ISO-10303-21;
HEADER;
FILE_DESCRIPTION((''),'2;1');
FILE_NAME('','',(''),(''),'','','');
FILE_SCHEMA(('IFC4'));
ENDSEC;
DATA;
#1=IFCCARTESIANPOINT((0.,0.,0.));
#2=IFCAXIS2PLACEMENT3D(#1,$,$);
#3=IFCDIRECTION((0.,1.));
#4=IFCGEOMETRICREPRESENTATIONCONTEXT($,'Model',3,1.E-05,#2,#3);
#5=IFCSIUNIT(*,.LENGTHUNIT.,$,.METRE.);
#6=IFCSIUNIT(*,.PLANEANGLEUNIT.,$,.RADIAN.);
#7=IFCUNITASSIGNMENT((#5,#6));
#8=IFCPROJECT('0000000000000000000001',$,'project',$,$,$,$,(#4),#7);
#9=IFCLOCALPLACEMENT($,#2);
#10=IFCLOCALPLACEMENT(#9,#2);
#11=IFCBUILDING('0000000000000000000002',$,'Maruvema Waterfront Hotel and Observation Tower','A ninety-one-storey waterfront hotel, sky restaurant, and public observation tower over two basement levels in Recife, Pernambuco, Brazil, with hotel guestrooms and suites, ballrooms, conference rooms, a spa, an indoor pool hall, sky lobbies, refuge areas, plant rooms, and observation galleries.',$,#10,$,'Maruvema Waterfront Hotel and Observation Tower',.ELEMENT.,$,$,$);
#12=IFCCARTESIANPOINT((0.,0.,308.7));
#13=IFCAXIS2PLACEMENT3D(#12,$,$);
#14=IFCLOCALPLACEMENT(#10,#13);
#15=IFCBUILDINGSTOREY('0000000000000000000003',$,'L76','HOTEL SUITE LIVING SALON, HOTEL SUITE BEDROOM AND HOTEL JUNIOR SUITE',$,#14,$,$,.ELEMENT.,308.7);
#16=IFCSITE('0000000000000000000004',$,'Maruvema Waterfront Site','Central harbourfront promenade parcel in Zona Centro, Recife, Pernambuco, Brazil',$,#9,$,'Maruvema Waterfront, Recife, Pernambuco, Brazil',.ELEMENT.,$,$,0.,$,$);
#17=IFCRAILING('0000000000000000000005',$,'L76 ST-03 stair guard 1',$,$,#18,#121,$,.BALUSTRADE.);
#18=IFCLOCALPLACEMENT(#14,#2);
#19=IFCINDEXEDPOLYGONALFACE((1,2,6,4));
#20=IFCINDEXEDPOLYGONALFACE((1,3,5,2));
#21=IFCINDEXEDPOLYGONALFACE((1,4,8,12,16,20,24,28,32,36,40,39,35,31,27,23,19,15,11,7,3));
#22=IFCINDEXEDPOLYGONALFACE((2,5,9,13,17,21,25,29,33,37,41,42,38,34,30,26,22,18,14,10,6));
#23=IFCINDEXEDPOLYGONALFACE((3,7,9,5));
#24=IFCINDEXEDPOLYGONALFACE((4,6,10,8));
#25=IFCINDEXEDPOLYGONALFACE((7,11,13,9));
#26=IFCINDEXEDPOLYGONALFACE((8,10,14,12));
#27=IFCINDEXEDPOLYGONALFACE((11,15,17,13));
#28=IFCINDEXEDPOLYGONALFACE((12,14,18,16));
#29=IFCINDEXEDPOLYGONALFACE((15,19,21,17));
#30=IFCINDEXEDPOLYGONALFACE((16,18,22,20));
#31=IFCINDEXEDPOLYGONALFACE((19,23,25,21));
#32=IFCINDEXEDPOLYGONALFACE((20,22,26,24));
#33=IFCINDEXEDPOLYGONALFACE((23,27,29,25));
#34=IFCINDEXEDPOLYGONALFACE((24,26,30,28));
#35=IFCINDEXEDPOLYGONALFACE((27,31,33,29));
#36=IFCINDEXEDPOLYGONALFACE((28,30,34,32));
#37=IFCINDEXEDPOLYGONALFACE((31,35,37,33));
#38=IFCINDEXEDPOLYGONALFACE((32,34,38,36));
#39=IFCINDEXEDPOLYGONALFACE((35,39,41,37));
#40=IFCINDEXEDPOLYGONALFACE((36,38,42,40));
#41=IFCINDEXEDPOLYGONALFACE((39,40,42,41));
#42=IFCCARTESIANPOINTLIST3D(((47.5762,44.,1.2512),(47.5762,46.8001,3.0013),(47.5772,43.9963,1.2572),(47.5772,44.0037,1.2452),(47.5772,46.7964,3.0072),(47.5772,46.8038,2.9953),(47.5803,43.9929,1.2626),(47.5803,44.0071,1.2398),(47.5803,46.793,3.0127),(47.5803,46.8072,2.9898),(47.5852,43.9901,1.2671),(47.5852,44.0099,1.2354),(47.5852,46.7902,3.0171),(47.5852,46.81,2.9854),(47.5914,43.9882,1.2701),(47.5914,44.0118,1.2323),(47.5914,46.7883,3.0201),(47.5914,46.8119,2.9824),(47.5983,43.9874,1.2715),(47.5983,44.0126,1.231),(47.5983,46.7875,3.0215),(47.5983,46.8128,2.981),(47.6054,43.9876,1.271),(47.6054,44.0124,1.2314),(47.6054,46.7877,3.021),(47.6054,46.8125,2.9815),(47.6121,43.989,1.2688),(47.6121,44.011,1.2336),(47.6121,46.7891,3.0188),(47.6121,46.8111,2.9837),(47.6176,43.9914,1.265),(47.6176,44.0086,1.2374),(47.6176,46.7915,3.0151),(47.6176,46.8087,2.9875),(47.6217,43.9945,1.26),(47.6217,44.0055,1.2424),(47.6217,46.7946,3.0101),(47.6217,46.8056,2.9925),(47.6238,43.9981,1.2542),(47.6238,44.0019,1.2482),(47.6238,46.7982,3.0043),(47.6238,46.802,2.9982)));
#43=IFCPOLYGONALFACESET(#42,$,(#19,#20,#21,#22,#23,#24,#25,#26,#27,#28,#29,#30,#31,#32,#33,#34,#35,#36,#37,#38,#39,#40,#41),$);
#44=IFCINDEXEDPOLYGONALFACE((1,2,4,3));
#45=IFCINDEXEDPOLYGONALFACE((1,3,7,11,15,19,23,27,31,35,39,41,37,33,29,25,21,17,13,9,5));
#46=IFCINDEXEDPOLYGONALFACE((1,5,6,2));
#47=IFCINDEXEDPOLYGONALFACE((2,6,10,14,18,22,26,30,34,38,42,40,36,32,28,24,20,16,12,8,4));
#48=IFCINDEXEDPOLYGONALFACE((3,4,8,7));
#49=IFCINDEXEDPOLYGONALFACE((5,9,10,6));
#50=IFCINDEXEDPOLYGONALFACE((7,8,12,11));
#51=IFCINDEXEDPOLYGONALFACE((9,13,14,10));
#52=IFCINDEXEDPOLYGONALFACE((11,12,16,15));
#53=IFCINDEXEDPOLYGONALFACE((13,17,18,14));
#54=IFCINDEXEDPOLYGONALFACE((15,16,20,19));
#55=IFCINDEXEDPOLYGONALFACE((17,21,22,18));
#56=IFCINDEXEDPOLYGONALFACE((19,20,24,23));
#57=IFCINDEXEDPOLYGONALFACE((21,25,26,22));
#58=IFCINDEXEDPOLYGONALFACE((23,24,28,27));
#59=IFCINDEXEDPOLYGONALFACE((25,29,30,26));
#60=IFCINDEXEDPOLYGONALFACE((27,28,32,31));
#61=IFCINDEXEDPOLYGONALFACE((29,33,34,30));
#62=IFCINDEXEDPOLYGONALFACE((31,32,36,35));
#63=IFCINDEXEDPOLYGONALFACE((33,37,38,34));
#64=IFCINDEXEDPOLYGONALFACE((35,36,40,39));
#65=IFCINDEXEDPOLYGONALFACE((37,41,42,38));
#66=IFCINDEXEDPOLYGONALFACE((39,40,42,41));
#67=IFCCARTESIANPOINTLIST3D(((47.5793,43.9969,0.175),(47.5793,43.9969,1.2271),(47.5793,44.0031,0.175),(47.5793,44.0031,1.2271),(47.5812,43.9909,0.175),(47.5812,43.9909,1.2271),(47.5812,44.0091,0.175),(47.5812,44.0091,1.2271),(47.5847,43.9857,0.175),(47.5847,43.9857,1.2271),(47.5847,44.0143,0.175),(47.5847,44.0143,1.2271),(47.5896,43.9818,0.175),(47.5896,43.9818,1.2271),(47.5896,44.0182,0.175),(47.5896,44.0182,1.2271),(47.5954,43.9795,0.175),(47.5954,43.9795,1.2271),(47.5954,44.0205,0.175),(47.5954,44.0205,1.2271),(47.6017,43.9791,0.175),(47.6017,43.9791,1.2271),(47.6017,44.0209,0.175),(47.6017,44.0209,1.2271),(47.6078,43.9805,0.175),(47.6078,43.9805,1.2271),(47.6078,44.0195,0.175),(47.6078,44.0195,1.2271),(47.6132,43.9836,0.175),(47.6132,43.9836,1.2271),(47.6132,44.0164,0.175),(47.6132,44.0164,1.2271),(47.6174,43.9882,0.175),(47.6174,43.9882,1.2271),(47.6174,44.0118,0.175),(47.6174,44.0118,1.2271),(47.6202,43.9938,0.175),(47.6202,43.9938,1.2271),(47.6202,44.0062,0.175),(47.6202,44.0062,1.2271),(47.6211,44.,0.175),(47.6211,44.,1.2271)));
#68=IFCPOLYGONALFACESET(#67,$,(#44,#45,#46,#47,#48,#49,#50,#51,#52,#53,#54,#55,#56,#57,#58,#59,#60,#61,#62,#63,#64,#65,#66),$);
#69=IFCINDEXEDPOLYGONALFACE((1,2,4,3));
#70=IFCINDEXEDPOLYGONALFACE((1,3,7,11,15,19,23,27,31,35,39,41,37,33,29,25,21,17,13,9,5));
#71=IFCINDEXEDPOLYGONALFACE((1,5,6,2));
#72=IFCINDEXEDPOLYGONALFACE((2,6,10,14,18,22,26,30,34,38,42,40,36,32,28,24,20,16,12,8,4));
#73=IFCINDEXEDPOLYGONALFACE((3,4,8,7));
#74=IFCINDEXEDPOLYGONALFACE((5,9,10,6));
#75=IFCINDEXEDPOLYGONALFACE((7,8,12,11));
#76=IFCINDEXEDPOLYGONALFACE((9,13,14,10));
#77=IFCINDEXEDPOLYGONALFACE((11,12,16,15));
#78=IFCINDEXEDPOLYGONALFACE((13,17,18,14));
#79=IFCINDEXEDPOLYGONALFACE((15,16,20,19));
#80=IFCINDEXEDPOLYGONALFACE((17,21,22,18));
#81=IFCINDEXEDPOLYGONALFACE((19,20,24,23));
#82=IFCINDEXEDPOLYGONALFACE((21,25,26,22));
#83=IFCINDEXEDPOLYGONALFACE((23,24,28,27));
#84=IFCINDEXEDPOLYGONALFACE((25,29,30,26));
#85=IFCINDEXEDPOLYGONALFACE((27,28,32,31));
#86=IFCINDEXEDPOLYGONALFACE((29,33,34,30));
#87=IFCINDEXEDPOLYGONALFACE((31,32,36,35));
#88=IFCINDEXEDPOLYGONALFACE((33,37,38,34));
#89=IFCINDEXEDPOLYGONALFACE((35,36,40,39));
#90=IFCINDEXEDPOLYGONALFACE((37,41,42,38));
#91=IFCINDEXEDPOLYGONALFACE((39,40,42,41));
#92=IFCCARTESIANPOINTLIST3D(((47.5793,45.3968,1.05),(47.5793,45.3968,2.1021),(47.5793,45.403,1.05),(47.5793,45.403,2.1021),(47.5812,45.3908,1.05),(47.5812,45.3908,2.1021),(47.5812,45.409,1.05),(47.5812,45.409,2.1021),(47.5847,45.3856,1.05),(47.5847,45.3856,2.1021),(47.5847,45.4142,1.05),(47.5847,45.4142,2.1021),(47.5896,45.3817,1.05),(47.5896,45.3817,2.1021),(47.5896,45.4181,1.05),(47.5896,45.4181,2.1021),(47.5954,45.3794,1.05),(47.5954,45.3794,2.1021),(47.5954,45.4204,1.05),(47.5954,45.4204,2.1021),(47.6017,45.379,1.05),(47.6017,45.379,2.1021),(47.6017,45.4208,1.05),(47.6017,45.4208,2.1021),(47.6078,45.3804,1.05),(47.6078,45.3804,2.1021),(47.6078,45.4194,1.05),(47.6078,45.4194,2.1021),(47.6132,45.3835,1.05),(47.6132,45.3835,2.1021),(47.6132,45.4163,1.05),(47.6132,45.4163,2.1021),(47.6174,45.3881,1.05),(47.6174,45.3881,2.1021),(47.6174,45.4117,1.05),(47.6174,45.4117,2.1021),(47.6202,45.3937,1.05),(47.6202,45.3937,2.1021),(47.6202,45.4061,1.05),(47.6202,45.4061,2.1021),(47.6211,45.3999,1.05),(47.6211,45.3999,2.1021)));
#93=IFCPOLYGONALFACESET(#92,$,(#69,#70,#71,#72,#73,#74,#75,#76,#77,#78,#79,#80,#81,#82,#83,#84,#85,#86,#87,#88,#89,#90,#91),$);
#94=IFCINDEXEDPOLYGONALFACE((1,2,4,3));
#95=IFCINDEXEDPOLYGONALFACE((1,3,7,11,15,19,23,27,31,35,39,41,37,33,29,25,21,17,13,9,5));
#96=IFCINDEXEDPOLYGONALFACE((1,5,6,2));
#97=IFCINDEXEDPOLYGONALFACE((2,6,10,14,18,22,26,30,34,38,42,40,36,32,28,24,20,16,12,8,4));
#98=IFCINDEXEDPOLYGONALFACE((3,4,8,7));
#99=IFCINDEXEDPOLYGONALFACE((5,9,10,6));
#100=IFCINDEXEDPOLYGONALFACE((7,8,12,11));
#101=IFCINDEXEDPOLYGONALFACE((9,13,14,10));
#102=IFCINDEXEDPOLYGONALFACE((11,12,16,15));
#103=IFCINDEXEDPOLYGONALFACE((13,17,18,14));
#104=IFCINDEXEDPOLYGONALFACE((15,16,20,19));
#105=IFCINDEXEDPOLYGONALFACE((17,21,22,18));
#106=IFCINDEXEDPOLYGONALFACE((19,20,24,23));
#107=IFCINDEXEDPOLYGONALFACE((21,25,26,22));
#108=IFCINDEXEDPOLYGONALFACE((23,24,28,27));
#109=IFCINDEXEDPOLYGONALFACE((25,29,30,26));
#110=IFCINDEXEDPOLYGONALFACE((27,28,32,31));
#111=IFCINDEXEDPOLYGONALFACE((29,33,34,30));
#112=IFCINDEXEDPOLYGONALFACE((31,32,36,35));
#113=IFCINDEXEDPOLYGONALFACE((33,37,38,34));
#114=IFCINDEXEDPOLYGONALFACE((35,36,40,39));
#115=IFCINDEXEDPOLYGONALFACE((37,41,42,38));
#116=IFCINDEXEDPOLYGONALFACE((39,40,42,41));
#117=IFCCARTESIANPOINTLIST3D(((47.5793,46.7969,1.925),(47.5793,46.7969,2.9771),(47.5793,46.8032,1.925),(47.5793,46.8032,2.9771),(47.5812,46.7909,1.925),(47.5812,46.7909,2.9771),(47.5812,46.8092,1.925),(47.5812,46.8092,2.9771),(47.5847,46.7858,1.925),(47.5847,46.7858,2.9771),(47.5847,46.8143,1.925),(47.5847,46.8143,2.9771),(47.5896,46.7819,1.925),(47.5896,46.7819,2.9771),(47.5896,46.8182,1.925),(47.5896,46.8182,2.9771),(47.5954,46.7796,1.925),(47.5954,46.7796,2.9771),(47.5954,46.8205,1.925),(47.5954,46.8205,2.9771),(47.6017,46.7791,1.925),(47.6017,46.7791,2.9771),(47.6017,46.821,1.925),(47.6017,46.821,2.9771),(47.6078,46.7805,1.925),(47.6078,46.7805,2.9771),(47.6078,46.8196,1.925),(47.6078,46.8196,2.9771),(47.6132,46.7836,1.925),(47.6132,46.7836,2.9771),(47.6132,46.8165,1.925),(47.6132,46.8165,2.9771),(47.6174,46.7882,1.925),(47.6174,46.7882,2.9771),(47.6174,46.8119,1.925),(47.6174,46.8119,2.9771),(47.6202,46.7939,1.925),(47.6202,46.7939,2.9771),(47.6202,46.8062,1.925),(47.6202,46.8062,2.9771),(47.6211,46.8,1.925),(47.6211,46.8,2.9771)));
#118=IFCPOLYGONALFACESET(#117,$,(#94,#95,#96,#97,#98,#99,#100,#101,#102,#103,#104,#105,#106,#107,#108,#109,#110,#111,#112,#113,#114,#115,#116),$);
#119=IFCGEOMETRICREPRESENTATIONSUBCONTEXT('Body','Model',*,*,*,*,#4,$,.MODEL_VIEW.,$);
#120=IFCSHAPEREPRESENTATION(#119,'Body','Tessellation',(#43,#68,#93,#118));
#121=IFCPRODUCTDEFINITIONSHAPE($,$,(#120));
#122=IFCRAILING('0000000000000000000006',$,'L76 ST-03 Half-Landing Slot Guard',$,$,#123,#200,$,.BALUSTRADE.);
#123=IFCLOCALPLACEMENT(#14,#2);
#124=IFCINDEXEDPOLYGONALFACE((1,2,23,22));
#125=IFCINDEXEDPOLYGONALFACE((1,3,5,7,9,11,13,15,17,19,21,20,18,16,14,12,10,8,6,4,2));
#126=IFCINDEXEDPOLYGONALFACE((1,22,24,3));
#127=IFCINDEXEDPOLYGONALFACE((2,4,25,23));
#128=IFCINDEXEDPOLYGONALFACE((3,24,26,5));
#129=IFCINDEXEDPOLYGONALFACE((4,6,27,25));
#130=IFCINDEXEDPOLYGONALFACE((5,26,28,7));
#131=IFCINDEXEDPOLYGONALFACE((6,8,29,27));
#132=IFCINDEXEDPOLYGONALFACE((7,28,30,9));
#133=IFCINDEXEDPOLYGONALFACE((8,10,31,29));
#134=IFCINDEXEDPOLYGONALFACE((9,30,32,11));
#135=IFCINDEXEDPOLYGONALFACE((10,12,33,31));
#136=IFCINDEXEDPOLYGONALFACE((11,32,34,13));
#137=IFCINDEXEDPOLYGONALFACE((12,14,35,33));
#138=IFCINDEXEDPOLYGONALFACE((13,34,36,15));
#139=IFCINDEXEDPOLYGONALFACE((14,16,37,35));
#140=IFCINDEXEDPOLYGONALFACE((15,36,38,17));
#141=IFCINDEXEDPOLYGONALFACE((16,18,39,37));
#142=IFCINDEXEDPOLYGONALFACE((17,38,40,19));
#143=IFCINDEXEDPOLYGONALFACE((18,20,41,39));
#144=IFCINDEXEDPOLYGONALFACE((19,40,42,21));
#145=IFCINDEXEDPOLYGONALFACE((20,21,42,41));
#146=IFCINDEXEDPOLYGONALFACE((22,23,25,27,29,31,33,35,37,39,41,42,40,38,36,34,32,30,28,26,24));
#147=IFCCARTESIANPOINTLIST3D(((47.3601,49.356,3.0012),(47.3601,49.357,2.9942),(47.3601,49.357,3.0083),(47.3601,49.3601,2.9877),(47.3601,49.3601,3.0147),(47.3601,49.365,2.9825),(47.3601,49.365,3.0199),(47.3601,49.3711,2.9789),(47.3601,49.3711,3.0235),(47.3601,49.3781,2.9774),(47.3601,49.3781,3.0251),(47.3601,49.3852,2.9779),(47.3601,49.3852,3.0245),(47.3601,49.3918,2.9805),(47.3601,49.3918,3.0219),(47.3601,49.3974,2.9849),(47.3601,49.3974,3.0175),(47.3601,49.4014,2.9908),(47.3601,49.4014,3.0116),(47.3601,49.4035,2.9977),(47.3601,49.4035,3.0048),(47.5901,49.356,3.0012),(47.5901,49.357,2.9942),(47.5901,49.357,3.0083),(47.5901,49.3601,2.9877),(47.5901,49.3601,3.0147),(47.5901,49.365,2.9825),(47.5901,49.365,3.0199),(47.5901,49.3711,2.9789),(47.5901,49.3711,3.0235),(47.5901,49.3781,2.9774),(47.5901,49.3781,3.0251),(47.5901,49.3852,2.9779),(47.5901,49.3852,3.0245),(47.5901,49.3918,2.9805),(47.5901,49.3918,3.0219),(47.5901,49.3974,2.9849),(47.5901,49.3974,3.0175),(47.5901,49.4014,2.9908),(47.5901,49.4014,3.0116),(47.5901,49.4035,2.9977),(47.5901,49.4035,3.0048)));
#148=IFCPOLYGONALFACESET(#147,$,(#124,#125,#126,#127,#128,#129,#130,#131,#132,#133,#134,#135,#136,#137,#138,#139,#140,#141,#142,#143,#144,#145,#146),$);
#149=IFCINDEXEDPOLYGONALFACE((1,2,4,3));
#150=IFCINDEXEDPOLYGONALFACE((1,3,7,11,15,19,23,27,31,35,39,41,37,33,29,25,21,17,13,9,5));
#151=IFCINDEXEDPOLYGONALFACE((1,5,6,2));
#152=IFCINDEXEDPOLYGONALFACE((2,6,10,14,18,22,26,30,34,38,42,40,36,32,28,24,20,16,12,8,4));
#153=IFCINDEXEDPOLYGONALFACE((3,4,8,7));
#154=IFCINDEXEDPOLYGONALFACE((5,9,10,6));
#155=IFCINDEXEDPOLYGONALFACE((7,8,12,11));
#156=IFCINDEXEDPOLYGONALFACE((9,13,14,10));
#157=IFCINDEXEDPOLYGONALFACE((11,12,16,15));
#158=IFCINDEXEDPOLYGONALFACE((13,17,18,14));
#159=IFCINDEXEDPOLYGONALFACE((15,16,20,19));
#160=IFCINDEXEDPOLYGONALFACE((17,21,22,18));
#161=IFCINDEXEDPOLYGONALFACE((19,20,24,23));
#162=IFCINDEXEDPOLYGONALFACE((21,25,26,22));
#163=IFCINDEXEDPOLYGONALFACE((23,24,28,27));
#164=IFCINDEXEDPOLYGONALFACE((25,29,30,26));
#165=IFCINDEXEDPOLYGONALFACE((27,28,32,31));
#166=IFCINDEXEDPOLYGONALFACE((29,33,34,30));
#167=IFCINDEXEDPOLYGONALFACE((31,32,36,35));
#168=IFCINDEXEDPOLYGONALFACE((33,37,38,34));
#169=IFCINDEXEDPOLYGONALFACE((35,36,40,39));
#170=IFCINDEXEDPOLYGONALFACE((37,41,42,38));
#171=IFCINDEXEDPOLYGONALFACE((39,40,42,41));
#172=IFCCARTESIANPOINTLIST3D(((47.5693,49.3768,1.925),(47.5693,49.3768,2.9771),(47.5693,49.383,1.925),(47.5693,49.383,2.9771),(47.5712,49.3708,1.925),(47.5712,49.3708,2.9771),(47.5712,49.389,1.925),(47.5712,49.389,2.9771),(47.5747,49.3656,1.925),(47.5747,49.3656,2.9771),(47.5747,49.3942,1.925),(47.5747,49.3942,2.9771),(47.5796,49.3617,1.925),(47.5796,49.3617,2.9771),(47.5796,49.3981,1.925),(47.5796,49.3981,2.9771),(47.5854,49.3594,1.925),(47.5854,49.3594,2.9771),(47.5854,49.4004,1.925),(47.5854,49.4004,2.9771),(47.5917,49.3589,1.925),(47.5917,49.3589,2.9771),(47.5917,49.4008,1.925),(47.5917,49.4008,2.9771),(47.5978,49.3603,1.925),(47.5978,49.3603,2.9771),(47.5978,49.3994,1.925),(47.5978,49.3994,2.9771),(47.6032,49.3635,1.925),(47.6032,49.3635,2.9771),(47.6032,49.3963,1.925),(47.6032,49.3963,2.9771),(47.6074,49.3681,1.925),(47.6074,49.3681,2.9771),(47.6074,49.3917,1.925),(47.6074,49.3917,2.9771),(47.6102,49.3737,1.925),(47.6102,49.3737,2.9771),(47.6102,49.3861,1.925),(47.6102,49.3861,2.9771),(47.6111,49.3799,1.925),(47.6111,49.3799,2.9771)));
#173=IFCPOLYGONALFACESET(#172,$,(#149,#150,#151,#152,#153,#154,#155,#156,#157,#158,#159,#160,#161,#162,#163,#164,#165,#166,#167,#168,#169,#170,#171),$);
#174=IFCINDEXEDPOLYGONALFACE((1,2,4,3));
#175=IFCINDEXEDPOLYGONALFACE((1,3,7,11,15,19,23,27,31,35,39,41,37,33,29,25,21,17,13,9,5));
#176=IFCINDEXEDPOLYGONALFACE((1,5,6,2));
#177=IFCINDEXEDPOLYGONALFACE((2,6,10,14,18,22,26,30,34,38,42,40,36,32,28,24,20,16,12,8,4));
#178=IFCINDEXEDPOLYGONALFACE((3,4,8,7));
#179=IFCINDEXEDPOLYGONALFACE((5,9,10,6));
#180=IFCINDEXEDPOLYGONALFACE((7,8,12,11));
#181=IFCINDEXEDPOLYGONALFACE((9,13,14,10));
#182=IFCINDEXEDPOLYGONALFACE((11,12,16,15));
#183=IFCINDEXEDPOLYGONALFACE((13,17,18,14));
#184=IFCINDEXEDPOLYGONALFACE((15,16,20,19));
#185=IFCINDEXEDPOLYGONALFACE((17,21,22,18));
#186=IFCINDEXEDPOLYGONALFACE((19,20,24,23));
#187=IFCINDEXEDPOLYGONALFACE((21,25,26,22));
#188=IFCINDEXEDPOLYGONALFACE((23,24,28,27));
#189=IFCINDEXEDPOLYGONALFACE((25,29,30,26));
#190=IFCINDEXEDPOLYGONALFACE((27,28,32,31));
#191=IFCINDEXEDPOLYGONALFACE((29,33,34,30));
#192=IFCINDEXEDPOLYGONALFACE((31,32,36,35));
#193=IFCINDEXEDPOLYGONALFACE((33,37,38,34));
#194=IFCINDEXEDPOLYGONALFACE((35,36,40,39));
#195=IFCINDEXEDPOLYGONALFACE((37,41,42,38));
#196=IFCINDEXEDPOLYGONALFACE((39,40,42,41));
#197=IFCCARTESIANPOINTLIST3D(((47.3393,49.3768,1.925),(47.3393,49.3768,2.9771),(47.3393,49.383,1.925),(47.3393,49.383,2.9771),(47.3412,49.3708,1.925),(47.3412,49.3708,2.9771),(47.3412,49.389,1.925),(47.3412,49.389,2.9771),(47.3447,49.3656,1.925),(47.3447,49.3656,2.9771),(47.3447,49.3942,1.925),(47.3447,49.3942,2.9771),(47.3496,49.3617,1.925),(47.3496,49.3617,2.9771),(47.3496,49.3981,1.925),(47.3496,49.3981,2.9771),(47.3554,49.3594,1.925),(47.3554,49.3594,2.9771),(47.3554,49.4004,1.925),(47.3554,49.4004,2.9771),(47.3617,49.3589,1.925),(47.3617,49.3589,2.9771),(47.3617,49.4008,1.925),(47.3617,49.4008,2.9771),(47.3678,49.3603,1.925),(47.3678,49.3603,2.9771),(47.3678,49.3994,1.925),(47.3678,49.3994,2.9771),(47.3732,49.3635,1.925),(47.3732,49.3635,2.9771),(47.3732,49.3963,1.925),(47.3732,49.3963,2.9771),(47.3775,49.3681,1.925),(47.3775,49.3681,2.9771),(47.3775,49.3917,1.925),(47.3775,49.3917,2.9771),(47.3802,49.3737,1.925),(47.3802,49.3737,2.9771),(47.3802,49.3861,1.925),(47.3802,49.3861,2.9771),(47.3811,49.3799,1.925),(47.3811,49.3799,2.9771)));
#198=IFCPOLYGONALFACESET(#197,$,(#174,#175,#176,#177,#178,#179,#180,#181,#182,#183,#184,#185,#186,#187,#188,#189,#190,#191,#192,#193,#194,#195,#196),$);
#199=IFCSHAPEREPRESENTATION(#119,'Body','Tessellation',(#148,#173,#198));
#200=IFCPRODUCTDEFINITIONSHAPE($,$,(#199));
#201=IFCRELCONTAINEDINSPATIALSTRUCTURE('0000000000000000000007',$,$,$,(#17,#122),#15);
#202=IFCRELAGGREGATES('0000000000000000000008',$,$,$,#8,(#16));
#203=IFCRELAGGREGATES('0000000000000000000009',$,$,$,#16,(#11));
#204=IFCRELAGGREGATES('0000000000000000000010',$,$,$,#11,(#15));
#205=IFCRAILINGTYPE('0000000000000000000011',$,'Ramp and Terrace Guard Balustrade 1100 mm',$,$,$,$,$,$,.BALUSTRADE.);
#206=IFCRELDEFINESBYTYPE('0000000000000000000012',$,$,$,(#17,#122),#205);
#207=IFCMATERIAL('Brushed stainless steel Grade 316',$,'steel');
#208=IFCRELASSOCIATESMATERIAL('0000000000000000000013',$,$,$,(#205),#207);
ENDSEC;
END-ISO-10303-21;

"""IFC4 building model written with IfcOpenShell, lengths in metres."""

from ifc_helpers import new_model, si_unit, direction, frame, origin, origin_2d, place, context, subcontext, project, spatial, circle, extrude, material, type_object, element, save


model = new_model("IFC4")

# Units and contexts
model_context = context("Model", 3, precision=1e-05, world=origin(), true_north=direction((0.0, 1.0)))
body_context = subcontext(model_context, "Body", "Model", "MODEL_VIEW")
ifc_project = project(units=[si_unit("LENGTHUNIT", "METRE"), si_unit("PLANEANGLEUNIT", "RADIAN")], contexts=[model_context])

# Site, building, storey
site_placement = place(None, origin())
site = spatial("IfcSite", under=ifc_project, at=site_placement, Name="Maruvema Waterfront Site", Description="Central harbourfront promenade parcel in Zona Centro, Recife, Pernambuco, Brazil", LongName="Maruvema Waterfront, Recife, Pernambuco, Brazil", CompositionType="ELEMENT", RefElevation=0.0)
building_placement = place(site_placement, origin())
building = spatial("IfcBuilding", under=site, at=building_placement, Name="Maruvema Waterfront Hotel and Observation Tower", Description="A ninety-one-storey waterfront hotel, sky restaurant, and public observation tower over two basement levels in Recife, Pernambuco, Brazil, with hotel guestrooms and suites, ballrooms, conference rooms, a spa, an indoor pool hall, sky lobbies, refuge areas, plant rooms, and observation galleries.", LongName="Maruvema Waterfront Hotel and Observation Tower", CompositionType="ELEMENT")
storey_placement = place(building_placement, frame((0.0, 0.0, 308.7)))
storey = spatial("IfcBuildingStorey", under=building, at=storey_placement, Name="L76", Description="HOTEL SUITE LIVING SALON, HOTEL SUITE BEDROOM AND HOTEL JUNIOR SUITE", CompositionType="ELEMENT", Elevation=308.7)

# Railings
ifc_material_1 = material(Name="Brushed stainless steel Grade 316", Category="steel")
railing_type_1 = type_object("IfcRailingType", Name="Ramp and Terrace Guard Balustrade 1100 mm", PredefinedType="BALUSTRADE", material=ifc_material_1)
railing_1_placement = place(storey_placement, frame((47.6001, 44.0, 0.175)))
element("IfcRailing", 1, at=railing_1_placement, inside=storey, type_object=railing_type_1, Name="L76 ST-03 stair guard 1", PredefinedType="BALUSTRADE", context=body_context, shape_type="SweptSolid", body=[
    extrude(circle(Radius=0.0239, at=origin_2d()), frame((0.0, 0.0, 1.0762), z_axis=(0.0, 0.848002, 0.529992), x_axis=(-1.0, 0.0, 0.0)), (0.0, 0.0, 1.0), 3.302),
    extrude(circle(Radius=0.021, at=origin_2d()), origin(), (0.0, 0.0, 1.0), 1.052),
    extrude(circle(Radius=0.021, at=origin_2d()), frame((0.0, 1.3999, 0.875)), (0.0, 0.0, 1.0), 1.052),
    extrude(circle(Radius=0.021, at=origin_2d()), frame((0.0, 2.8, 1.75)), (0.0, 0.0, 1.0), 1.052),
])
railing_2_placement = place(storey_placement, frame((47.5901, 49.3799, 1.925)))
element("IfcRailing", 2, at=railing_2_placement, inside=storey, type_object=railing_type_1, Name="L76 ST-03 Half-Landing Slot Guard", PredefinedType="BALUSTRADE", context=body_context, shape_type="SweptSolid", body=[
    extrude(circle(Radius=0.0239, at=origin_2d()), frame((0.0, 0.0, 1.0762), z_axis=(-1.0, 0.0, 0.0), x_axis=(0.0, -1.0, 0.0)), (0.0, 0.0, 1.0), 0.23),
    extrude(circle(Radius=0.021, at=origin_2d()), origin(), (0.0, 0.0, 1.0), 1.052),
    extrude(circle(Radius=0.021, at=origin_2d()), frame((-0.23, 0.0, 0.0)), (0.0, 0.0, 1.0), 1.052),
])

save(model, "model.ifc")
